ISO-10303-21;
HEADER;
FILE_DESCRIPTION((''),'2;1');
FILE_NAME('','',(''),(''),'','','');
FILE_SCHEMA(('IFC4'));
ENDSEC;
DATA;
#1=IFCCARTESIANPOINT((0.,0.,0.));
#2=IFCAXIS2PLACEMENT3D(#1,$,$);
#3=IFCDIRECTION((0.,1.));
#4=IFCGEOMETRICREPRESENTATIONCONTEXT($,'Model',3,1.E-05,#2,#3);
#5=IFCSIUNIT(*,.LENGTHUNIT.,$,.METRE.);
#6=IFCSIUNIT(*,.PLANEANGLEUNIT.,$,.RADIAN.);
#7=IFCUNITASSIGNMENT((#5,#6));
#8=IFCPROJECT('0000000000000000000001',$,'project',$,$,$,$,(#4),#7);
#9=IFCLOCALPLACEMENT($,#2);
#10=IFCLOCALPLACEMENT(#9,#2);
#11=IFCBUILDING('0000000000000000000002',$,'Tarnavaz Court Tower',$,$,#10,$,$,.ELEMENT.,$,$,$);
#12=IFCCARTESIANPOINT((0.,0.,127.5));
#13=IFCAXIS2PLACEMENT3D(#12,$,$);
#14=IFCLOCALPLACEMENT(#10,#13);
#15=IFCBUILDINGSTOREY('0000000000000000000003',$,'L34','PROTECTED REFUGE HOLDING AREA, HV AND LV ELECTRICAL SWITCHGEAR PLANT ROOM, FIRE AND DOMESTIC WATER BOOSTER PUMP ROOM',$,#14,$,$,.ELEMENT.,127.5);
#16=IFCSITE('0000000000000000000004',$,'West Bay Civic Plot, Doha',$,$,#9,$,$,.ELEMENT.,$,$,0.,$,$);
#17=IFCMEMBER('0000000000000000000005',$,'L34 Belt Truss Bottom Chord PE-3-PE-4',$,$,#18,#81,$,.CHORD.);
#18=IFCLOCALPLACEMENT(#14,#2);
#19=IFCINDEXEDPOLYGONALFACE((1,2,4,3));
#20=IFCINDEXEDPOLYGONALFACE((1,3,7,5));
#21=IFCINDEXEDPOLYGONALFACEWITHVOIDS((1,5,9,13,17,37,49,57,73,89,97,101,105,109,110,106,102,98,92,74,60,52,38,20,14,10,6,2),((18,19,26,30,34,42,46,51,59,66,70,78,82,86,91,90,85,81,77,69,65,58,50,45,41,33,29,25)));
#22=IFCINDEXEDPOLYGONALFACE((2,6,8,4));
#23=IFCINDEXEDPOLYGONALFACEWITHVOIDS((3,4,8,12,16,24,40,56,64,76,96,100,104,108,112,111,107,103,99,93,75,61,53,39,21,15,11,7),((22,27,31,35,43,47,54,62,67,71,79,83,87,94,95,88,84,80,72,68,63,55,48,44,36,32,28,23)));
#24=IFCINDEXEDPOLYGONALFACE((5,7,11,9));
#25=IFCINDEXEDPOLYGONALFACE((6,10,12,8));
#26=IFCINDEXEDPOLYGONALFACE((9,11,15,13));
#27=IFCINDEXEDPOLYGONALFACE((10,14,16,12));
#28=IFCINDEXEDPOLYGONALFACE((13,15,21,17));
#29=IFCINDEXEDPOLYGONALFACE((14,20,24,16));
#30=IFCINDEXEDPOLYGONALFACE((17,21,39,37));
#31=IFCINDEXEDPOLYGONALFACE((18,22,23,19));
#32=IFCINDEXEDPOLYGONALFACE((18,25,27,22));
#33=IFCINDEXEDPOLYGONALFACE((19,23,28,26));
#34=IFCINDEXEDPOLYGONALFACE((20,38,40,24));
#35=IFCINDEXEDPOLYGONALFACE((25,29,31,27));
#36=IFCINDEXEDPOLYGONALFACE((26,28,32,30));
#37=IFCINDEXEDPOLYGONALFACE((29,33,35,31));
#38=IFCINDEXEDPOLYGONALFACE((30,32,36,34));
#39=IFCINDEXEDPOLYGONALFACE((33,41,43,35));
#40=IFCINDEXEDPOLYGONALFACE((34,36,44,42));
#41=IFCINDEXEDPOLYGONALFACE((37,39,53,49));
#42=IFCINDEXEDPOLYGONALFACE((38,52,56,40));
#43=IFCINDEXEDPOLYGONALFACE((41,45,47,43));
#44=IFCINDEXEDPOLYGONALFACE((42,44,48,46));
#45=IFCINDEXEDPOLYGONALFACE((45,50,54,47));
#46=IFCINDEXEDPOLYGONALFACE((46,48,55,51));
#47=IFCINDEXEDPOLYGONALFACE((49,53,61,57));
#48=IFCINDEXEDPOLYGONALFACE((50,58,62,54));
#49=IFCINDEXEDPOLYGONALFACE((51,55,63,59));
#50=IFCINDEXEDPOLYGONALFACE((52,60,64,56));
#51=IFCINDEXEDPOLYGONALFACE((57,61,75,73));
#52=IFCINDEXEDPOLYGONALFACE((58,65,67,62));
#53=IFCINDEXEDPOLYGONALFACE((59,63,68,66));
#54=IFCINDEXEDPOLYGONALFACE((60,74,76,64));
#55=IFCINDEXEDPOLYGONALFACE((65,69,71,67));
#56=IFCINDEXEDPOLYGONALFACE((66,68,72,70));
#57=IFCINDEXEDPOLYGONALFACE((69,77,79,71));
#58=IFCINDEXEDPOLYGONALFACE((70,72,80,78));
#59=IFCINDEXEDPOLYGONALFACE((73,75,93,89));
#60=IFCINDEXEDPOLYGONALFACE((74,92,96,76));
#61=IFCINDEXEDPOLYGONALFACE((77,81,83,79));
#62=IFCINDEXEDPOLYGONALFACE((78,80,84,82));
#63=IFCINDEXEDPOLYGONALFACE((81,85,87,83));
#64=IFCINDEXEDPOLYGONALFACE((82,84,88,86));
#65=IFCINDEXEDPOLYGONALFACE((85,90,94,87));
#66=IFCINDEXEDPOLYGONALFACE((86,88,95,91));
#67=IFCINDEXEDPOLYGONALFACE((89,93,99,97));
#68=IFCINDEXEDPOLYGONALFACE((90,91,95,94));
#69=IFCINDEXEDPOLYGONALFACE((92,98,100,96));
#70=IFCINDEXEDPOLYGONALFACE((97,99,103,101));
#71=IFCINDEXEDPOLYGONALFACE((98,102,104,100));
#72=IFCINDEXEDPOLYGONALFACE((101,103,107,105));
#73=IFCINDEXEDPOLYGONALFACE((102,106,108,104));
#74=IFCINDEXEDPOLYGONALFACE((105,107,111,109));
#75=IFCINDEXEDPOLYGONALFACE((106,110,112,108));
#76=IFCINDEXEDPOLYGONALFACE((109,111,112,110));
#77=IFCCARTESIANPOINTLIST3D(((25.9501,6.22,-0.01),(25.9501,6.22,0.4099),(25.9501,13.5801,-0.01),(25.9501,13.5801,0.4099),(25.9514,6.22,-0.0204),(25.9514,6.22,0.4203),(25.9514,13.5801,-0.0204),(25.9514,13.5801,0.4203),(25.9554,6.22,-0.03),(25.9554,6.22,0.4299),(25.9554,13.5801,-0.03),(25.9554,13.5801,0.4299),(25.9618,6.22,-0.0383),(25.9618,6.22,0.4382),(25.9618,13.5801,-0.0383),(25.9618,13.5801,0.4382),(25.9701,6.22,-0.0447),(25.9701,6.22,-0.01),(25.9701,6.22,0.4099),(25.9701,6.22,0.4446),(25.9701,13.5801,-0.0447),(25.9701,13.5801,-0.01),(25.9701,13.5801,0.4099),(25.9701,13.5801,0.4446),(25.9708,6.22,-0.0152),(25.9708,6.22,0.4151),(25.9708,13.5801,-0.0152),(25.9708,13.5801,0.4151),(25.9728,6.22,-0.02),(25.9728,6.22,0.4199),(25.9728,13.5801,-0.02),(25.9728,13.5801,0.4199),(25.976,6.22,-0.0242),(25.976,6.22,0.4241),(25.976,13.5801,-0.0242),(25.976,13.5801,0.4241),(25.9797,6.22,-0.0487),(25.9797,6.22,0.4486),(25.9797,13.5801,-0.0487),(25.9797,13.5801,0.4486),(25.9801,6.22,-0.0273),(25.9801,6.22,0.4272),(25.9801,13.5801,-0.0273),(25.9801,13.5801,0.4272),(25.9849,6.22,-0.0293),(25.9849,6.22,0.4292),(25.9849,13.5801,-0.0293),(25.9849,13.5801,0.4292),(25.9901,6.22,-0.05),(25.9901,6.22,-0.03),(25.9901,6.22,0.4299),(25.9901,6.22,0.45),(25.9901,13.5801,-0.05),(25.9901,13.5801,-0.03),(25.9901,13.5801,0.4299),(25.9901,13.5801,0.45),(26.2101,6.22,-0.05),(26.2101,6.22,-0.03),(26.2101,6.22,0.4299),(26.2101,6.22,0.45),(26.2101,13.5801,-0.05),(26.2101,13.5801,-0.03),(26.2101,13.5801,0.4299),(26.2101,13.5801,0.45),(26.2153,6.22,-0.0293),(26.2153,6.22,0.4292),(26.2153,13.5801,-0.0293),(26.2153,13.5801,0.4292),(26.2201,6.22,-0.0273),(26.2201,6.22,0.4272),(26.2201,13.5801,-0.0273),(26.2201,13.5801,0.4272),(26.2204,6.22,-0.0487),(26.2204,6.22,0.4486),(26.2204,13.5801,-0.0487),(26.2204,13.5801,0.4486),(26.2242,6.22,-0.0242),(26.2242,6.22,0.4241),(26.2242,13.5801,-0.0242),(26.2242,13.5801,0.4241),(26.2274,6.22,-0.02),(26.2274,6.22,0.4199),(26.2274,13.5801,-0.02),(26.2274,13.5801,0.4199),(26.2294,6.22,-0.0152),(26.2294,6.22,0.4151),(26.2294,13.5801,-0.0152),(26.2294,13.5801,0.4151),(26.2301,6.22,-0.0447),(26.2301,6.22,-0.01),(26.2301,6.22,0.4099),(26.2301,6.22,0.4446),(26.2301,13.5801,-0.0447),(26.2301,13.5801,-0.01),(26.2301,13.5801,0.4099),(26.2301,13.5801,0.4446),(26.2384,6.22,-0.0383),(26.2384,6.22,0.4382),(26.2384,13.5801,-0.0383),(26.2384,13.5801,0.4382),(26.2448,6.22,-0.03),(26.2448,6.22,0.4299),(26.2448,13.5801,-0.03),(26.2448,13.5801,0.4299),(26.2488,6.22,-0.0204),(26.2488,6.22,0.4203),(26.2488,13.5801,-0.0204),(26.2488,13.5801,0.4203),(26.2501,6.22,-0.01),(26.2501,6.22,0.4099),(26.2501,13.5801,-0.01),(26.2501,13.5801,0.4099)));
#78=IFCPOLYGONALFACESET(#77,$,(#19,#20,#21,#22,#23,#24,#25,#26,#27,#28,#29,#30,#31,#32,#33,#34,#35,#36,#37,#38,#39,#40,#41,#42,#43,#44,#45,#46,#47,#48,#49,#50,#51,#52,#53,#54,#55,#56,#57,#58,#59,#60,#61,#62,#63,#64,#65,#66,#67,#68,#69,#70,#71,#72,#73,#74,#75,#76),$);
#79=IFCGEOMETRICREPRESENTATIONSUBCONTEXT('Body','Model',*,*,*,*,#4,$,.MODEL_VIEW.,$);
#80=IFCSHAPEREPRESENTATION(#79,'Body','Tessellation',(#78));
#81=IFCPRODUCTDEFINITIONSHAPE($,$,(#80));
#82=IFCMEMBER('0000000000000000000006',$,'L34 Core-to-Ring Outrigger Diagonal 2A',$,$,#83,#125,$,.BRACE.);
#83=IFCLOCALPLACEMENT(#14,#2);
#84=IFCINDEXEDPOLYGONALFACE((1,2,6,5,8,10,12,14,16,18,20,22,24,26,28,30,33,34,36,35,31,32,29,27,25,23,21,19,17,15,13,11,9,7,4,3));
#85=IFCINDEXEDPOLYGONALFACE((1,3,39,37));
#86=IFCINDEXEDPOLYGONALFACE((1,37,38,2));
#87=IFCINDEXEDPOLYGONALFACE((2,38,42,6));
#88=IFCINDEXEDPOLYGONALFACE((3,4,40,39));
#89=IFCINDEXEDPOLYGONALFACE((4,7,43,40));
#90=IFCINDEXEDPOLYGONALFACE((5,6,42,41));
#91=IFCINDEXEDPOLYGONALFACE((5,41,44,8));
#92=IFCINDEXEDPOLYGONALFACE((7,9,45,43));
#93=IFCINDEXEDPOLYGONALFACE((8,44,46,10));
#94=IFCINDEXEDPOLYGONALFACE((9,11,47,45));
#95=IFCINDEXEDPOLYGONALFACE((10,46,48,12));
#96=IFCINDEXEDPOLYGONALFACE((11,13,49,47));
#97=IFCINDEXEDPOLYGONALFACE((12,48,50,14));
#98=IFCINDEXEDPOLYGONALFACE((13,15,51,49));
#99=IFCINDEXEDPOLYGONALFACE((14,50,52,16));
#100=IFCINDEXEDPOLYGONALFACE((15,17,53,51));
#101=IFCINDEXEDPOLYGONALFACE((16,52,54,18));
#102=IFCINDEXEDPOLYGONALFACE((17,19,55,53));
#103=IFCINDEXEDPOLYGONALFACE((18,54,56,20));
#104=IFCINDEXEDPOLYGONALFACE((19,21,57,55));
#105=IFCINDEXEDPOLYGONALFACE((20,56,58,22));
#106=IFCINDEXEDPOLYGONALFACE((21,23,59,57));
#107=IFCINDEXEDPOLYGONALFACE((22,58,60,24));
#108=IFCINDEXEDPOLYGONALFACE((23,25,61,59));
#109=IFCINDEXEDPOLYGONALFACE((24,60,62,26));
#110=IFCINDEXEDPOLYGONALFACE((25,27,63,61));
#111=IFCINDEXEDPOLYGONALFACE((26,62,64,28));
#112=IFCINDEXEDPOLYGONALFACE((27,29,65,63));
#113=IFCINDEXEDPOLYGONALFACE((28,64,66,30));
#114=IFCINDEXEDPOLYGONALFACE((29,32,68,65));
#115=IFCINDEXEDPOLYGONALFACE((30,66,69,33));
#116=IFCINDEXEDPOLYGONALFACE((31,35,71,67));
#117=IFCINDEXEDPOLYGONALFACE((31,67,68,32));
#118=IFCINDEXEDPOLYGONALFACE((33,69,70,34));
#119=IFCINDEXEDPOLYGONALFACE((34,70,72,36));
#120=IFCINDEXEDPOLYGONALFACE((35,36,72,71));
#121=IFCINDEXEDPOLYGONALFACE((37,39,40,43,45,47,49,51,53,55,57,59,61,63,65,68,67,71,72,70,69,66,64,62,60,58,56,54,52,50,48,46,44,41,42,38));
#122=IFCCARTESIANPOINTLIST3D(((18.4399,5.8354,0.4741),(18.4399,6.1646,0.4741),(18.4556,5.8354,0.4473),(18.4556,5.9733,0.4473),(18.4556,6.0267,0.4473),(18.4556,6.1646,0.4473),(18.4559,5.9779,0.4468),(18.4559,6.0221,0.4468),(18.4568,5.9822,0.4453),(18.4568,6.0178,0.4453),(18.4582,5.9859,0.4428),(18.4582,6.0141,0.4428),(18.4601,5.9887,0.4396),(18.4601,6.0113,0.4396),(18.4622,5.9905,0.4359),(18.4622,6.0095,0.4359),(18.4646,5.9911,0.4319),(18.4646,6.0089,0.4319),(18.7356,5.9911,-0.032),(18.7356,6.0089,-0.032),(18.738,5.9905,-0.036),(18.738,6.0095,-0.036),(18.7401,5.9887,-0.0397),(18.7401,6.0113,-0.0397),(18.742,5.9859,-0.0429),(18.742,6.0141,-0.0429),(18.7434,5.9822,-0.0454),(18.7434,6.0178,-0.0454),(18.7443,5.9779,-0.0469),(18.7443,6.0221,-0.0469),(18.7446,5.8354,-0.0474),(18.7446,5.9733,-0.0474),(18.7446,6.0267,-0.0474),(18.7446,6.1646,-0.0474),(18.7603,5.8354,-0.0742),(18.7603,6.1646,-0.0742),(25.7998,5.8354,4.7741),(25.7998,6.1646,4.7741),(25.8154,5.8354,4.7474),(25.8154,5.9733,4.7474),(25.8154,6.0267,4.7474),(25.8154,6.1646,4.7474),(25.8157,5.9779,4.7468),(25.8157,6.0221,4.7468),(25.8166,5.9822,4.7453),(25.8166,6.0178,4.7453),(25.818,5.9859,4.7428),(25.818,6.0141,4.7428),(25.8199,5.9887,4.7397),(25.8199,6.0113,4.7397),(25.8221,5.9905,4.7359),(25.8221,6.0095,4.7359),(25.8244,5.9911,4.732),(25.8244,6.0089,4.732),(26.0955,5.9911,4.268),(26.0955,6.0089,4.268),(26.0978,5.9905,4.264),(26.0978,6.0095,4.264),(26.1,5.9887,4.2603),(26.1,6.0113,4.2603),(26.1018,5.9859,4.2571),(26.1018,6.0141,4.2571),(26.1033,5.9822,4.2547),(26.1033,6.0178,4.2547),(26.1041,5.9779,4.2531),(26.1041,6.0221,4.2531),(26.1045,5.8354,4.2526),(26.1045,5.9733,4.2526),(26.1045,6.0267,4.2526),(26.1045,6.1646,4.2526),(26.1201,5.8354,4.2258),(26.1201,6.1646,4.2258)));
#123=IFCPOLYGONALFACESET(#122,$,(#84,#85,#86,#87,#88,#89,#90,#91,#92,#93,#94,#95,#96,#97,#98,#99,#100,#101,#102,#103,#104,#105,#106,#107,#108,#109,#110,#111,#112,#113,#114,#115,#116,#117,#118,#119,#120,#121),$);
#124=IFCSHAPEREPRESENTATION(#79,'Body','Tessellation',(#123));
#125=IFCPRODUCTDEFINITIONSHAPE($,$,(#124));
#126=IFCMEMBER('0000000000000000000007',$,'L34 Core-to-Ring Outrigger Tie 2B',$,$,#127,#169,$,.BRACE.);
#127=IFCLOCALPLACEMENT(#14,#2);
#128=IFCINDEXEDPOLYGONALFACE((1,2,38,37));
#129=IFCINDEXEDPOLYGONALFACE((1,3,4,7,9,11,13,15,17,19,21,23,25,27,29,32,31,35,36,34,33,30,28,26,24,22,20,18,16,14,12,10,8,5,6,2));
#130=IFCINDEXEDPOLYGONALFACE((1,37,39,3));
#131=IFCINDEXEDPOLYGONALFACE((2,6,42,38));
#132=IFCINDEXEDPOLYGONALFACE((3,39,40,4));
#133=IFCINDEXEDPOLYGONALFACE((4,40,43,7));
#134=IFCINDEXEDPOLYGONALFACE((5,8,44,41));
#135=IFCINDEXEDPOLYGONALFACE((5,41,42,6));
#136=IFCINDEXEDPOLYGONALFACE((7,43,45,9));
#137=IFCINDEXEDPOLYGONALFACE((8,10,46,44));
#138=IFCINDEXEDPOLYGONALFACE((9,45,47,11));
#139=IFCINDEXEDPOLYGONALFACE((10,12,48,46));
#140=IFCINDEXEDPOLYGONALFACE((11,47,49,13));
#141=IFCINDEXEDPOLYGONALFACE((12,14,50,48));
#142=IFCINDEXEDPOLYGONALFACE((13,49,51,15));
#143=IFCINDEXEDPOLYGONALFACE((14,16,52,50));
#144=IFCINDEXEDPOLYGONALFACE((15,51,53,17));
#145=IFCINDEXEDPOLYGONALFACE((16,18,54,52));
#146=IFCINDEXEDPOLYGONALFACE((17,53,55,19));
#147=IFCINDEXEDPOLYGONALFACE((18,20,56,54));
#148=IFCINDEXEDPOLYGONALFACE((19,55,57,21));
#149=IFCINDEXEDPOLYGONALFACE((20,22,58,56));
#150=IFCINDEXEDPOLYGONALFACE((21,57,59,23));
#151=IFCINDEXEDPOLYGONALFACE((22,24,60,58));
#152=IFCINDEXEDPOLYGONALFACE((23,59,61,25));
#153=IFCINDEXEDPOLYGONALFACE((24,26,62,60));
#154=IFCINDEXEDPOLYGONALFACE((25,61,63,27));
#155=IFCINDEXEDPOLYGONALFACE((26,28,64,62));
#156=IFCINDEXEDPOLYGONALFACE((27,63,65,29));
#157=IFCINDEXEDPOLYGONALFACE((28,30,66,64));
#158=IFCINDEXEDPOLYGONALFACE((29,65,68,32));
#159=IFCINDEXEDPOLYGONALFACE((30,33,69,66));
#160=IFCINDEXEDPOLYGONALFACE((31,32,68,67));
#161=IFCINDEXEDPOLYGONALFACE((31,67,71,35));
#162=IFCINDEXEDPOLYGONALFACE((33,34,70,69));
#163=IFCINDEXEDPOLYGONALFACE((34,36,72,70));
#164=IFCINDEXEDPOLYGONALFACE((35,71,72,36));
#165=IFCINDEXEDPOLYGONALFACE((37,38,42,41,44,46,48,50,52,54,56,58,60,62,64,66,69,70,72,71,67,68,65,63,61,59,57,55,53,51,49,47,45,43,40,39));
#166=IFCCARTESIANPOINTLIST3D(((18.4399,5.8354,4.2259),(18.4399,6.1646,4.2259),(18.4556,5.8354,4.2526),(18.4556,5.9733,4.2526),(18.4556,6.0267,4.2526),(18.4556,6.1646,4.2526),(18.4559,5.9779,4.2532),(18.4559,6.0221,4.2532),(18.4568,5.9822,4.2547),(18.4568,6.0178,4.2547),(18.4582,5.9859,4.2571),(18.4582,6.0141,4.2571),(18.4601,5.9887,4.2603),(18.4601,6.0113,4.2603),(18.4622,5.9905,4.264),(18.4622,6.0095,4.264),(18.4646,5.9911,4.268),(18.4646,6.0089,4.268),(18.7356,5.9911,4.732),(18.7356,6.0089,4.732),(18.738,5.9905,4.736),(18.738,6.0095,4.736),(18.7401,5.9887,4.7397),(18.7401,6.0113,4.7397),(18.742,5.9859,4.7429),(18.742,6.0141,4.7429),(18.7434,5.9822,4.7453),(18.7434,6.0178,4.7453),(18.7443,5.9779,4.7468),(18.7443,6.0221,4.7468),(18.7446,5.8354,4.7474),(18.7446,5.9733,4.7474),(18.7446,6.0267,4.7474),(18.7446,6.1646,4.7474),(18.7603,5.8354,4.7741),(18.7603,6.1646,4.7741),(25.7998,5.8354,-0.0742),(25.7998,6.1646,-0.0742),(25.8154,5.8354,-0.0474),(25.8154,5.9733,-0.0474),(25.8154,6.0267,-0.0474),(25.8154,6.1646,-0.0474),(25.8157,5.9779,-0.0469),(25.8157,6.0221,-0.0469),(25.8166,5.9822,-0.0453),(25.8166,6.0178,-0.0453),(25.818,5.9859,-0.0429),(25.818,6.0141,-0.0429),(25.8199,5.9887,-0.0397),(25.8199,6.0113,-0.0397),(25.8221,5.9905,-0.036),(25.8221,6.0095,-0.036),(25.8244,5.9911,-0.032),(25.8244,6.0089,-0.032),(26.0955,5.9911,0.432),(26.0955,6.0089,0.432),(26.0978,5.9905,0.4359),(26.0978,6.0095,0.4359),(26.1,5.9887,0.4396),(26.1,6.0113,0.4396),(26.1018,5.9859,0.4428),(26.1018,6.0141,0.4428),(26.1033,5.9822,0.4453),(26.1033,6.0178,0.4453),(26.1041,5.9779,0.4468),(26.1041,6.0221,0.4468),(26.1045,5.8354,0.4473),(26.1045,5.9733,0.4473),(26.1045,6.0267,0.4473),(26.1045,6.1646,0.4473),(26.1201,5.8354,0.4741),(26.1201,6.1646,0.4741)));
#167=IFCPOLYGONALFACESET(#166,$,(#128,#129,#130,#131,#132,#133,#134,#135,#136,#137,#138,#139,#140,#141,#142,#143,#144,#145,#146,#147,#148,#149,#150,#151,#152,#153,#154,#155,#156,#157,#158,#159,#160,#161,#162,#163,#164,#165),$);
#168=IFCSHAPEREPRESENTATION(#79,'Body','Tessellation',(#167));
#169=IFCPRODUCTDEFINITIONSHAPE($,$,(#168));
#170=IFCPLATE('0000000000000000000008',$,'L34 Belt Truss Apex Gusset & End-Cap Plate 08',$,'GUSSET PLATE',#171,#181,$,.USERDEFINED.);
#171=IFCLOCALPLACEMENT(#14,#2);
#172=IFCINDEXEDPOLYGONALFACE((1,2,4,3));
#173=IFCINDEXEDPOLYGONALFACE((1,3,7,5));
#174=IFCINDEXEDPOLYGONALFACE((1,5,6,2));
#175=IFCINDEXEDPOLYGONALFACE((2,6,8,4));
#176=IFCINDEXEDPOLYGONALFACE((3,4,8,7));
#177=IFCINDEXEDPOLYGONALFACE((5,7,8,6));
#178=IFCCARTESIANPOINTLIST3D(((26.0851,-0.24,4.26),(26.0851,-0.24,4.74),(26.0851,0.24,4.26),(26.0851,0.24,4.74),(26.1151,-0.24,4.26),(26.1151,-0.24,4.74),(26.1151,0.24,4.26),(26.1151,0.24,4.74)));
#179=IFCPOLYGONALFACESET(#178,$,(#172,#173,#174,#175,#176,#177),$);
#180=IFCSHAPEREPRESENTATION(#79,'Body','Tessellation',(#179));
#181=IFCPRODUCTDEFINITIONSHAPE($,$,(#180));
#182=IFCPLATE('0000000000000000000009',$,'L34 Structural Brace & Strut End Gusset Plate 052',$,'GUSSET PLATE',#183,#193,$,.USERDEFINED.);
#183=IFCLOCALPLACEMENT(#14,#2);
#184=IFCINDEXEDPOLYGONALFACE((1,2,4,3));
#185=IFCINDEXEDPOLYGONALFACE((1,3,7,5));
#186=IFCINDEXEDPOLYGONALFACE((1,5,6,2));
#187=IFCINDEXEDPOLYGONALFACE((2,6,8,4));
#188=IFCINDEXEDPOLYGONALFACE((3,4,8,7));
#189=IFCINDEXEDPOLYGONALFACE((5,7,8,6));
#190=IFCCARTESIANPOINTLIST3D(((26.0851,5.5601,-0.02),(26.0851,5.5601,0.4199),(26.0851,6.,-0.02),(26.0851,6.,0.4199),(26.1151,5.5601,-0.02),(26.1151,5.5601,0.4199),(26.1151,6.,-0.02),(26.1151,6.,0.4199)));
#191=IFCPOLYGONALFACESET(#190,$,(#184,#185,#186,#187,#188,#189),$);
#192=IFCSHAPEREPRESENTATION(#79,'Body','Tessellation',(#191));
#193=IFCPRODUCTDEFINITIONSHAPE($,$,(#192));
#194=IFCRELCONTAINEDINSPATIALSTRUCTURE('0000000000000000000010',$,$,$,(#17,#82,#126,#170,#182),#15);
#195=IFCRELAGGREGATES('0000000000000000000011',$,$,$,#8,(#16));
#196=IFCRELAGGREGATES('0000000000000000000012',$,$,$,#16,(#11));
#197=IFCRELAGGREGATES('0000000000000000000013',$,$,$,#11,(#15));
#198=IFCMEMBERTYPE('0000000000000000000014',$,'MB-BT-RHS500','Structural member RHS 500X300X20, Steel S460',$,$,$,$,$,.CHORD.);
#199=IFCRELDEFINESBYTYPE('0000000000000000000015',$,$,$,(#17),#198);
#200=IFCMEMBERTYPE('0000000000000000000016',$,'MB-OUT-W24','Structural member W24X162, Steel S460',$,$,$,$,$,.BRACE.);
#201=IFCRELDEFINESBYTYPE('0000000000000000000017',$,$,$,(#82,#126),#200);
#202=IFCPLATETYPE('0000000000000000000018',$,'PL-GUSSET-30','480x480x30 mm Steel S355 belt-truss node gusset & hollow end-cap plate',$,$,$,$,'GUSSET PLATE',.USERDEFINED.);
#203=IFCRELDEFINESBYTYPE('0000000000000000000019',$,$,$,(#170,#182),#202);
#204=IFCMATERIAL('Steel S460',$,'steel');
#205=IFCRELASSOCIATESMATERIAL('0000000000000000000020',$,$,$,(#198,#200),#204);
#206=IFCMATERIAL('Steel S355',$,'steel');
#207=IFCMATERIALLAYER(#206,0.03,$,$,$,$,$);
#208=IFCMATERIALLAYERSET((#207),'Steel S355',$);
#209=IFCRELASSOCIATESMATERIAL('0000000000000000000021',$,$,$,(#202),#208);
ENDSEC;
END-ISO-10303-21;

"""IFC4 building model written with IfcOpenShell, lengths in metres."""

from ifc_helpers import new_model, si_unit, direction, frame, origin, origin_2d, place, context, subcontext, project, spatial, rectangle, hollow_rectangle, i_section, extrude, material, layer, layer_set, material_profile, profile_set, type_object, element, save


model = new_model("IFC4")

# Units and contexts
model_context = context("Model", 3, precision=1e-05, world=origin(), true_north=direction((0.0, 1.0)))
body_context = subcontext(model_context, "Body", "Model", "MODEL_VIEW")
ifc_project = project(units=[si_unit("LENGTHUNIT", "METRE"), si_unit("PLANEANGLEUNIT", "RADIAN")], contexts=[model_context])

# Site, building, storey
site_placement = place(None, origin())
site = spatial("IfcSite", under=ifc_project, at=site_placement, Name="West Bay Civic Plot, Doha", CompositionType="ELEMENT", RefElevation=0.0)
building_placement = place(site_placement, origin())
building = spatial("IfcBuilding", under=site, at=building_placement, Name="Tarnavaz Court Tower", CompositionType="ELEMENT")
storey_placement = place(building_placement, frame((0.0, 0.0, 127.5)))
storey = spatial("IfcBuildingStorey", under=building, at=storey_placement, Name="L34", Description="PROTECTED REFUGE HOLDING AREA, HV AND LV ELECTRICAL SWITCHGEAR PLANT ROOM, FIRE AND DOMESTIC WATER BOOSTER PUMP ROOM", CompositionType="ELEMENT", Elevation=127.5)

# Shared definitions
ifc_material_1 = material(Name="Steel S460", Category="steel")

# Members
ifc_material_profile_1 = material_profile(ifc_material_1, hollow_rectangle(XDim=0.3, YDim=0.5, WallThickness=0.02, InnerFilletRadius=0.02, OuterFilletRadius=0.04, at=origin_2d()), Name="RHS 500X300X20")
ifc_profile_set_1 = profile_set([ifc_material_profile_1], Name="Steel S460")
member_type_1 = type_object("IfcMemberType", Name="MB-BT-RHS500", Description="Structural member RHS 500X300X20, Steel S460", PredefinedType="CHORD", material=ifc_profile_set_1)
member_1_placement = place(storey_placement, frame((26.1001, 6.22, 0.2), z_axis=(0.0, 1.0, 0.0), x_axis=(-1.0, 0.0, 0.0)))
element("IfcMember", 1, at=member_1_placement, inside=storey, type_object=member_type_1, Name="L34 Belt Truss Bottom Chord PE-3-PE-4", PredefinedType="CHORD", context=body_context, shape_type="SweptSolid", body=[
    extrude(hollow_rectangle(XDim=0.3, YDim=0.5, WallThickness=0.02, InnerFilletRadius=0.02, OuterFilletRadius=0.04, at=origin_2d()), origin(), (0.0, 0.0, 1.0), 7.3601),
])
ifc_material_profile_2 = material_profile(ifc_material_1, i_section(OverallWidth=0.3291, OverallDepth=0.635, WebThickness=0.0178, FlangeThickness=0.031, FilletRadius=0.0178, at=origin_2d()), Name="W24X162")
ifc_profile_set_2 = profile_set([ifc_material_profile_2], Name="Steel S460")
member_type_2 = type_object("IfcMemberType", Name="MB-OUT-W24", Description="Structural member W24X162, Steel S460", PredefinedType="BRACE", material=ifc_profile_set_2)
for number, where, z_axis, x_axis, name in (
    (2, (18.6001, 6.0, 0.2), (0.863432, 0.0, 0.504466), (0.0, 1.0, 0.0), "L34 Core-to-Ring Outrigger Diagonal 2A"),
    (3, (18.6001, 6.0, 4.5), (0.863432, 0.0, -0.504466), (0.0, 1.0, 0.0), "L34 Core-to-Ring Outrigger Tie 2B"),
):
    element("IfcMember", number, at=place(storey_placement, frame(where, z_axis=z_axis, x_axis=x_axis)), inside=storey, type_object=member_type_2, Name=name, PredefinedType="BRACE", context=body_context, shape_type="SweptSolid", body=[
        extrude(i_section(OverallWidth=0.3291, OverallDepth=0.635, WebThickness=0.0178, FlangeThickness=0.031, FilletRadius=0.0178, at=origin_2d()), origin(), (0.0, 0.0, 1.0), 8.5239),
    ])

# Plates
ifc_material_2 = material(Name="Steel S355", Category="steel")
ifc_layer_1 = layer(ifc_material_2, 0.03)
ifc_layer_set_1 = layer_set([ifc_layer_1], Name="Steel S355")
plate_type = type_object("IfcPlateType", Name="PL-GUSSET-30", Description="480x480x30 mm Steel S355 belt-truss node gusset & hollow end-cap plate", ElementType="GUSSET PLATE", PredefinedType="USERDEFINED", material=ifc_layer_set_1)
plate_placement = place(storey_placement, frame((26.1001, 0.0, 4.26), z_axis=(0.0, 0.0, 1.0), x_axis=(0.0, 1.0, 0.0)))
element("IfcPlate", 4, at=plate_placement, inside=storey, type_object=plate_type, Name="L34 Belt Truss Apex Gusset & End-Cap Plate 08", ObjectType="GUSSET PLATE", PredefinedType="USERDEFINED", context=body_context, shape_type="SweptSolid", body=[
    extrude(rectangle(XDim=0.48, YDim=0.03, at=origin_2d()), origin(), (0.0, 0.0, 1.0), 0.48),
])
for number, where, z_axis, x_axis, name in (
    (5, (26.1001, 5.78, -0.02), (0.0, 0.0, 1.0), (0.0, 1.0, 0.0), "L34 Structural Brace & Strut End Gusset Plate 052"),
):
    element("IfcPlate", number, at=place(storey_placement, frame(where, z_axis=z_axis, x_axis=x_axis)), inside=storey, type_object=plate_type, Name=name, ObjectType="GUSSET PLATE", PredefinedType="USERDEFINED", context=body_context, shape_type="SweptSolid", body=[
        extrude(rectangle(XDim=0.4399, YDim=0.03, at=origin_2d()), origin(), (0.0, 0.0, 1.0), 0.4399),
    ])

save(model, "model.ifc")
